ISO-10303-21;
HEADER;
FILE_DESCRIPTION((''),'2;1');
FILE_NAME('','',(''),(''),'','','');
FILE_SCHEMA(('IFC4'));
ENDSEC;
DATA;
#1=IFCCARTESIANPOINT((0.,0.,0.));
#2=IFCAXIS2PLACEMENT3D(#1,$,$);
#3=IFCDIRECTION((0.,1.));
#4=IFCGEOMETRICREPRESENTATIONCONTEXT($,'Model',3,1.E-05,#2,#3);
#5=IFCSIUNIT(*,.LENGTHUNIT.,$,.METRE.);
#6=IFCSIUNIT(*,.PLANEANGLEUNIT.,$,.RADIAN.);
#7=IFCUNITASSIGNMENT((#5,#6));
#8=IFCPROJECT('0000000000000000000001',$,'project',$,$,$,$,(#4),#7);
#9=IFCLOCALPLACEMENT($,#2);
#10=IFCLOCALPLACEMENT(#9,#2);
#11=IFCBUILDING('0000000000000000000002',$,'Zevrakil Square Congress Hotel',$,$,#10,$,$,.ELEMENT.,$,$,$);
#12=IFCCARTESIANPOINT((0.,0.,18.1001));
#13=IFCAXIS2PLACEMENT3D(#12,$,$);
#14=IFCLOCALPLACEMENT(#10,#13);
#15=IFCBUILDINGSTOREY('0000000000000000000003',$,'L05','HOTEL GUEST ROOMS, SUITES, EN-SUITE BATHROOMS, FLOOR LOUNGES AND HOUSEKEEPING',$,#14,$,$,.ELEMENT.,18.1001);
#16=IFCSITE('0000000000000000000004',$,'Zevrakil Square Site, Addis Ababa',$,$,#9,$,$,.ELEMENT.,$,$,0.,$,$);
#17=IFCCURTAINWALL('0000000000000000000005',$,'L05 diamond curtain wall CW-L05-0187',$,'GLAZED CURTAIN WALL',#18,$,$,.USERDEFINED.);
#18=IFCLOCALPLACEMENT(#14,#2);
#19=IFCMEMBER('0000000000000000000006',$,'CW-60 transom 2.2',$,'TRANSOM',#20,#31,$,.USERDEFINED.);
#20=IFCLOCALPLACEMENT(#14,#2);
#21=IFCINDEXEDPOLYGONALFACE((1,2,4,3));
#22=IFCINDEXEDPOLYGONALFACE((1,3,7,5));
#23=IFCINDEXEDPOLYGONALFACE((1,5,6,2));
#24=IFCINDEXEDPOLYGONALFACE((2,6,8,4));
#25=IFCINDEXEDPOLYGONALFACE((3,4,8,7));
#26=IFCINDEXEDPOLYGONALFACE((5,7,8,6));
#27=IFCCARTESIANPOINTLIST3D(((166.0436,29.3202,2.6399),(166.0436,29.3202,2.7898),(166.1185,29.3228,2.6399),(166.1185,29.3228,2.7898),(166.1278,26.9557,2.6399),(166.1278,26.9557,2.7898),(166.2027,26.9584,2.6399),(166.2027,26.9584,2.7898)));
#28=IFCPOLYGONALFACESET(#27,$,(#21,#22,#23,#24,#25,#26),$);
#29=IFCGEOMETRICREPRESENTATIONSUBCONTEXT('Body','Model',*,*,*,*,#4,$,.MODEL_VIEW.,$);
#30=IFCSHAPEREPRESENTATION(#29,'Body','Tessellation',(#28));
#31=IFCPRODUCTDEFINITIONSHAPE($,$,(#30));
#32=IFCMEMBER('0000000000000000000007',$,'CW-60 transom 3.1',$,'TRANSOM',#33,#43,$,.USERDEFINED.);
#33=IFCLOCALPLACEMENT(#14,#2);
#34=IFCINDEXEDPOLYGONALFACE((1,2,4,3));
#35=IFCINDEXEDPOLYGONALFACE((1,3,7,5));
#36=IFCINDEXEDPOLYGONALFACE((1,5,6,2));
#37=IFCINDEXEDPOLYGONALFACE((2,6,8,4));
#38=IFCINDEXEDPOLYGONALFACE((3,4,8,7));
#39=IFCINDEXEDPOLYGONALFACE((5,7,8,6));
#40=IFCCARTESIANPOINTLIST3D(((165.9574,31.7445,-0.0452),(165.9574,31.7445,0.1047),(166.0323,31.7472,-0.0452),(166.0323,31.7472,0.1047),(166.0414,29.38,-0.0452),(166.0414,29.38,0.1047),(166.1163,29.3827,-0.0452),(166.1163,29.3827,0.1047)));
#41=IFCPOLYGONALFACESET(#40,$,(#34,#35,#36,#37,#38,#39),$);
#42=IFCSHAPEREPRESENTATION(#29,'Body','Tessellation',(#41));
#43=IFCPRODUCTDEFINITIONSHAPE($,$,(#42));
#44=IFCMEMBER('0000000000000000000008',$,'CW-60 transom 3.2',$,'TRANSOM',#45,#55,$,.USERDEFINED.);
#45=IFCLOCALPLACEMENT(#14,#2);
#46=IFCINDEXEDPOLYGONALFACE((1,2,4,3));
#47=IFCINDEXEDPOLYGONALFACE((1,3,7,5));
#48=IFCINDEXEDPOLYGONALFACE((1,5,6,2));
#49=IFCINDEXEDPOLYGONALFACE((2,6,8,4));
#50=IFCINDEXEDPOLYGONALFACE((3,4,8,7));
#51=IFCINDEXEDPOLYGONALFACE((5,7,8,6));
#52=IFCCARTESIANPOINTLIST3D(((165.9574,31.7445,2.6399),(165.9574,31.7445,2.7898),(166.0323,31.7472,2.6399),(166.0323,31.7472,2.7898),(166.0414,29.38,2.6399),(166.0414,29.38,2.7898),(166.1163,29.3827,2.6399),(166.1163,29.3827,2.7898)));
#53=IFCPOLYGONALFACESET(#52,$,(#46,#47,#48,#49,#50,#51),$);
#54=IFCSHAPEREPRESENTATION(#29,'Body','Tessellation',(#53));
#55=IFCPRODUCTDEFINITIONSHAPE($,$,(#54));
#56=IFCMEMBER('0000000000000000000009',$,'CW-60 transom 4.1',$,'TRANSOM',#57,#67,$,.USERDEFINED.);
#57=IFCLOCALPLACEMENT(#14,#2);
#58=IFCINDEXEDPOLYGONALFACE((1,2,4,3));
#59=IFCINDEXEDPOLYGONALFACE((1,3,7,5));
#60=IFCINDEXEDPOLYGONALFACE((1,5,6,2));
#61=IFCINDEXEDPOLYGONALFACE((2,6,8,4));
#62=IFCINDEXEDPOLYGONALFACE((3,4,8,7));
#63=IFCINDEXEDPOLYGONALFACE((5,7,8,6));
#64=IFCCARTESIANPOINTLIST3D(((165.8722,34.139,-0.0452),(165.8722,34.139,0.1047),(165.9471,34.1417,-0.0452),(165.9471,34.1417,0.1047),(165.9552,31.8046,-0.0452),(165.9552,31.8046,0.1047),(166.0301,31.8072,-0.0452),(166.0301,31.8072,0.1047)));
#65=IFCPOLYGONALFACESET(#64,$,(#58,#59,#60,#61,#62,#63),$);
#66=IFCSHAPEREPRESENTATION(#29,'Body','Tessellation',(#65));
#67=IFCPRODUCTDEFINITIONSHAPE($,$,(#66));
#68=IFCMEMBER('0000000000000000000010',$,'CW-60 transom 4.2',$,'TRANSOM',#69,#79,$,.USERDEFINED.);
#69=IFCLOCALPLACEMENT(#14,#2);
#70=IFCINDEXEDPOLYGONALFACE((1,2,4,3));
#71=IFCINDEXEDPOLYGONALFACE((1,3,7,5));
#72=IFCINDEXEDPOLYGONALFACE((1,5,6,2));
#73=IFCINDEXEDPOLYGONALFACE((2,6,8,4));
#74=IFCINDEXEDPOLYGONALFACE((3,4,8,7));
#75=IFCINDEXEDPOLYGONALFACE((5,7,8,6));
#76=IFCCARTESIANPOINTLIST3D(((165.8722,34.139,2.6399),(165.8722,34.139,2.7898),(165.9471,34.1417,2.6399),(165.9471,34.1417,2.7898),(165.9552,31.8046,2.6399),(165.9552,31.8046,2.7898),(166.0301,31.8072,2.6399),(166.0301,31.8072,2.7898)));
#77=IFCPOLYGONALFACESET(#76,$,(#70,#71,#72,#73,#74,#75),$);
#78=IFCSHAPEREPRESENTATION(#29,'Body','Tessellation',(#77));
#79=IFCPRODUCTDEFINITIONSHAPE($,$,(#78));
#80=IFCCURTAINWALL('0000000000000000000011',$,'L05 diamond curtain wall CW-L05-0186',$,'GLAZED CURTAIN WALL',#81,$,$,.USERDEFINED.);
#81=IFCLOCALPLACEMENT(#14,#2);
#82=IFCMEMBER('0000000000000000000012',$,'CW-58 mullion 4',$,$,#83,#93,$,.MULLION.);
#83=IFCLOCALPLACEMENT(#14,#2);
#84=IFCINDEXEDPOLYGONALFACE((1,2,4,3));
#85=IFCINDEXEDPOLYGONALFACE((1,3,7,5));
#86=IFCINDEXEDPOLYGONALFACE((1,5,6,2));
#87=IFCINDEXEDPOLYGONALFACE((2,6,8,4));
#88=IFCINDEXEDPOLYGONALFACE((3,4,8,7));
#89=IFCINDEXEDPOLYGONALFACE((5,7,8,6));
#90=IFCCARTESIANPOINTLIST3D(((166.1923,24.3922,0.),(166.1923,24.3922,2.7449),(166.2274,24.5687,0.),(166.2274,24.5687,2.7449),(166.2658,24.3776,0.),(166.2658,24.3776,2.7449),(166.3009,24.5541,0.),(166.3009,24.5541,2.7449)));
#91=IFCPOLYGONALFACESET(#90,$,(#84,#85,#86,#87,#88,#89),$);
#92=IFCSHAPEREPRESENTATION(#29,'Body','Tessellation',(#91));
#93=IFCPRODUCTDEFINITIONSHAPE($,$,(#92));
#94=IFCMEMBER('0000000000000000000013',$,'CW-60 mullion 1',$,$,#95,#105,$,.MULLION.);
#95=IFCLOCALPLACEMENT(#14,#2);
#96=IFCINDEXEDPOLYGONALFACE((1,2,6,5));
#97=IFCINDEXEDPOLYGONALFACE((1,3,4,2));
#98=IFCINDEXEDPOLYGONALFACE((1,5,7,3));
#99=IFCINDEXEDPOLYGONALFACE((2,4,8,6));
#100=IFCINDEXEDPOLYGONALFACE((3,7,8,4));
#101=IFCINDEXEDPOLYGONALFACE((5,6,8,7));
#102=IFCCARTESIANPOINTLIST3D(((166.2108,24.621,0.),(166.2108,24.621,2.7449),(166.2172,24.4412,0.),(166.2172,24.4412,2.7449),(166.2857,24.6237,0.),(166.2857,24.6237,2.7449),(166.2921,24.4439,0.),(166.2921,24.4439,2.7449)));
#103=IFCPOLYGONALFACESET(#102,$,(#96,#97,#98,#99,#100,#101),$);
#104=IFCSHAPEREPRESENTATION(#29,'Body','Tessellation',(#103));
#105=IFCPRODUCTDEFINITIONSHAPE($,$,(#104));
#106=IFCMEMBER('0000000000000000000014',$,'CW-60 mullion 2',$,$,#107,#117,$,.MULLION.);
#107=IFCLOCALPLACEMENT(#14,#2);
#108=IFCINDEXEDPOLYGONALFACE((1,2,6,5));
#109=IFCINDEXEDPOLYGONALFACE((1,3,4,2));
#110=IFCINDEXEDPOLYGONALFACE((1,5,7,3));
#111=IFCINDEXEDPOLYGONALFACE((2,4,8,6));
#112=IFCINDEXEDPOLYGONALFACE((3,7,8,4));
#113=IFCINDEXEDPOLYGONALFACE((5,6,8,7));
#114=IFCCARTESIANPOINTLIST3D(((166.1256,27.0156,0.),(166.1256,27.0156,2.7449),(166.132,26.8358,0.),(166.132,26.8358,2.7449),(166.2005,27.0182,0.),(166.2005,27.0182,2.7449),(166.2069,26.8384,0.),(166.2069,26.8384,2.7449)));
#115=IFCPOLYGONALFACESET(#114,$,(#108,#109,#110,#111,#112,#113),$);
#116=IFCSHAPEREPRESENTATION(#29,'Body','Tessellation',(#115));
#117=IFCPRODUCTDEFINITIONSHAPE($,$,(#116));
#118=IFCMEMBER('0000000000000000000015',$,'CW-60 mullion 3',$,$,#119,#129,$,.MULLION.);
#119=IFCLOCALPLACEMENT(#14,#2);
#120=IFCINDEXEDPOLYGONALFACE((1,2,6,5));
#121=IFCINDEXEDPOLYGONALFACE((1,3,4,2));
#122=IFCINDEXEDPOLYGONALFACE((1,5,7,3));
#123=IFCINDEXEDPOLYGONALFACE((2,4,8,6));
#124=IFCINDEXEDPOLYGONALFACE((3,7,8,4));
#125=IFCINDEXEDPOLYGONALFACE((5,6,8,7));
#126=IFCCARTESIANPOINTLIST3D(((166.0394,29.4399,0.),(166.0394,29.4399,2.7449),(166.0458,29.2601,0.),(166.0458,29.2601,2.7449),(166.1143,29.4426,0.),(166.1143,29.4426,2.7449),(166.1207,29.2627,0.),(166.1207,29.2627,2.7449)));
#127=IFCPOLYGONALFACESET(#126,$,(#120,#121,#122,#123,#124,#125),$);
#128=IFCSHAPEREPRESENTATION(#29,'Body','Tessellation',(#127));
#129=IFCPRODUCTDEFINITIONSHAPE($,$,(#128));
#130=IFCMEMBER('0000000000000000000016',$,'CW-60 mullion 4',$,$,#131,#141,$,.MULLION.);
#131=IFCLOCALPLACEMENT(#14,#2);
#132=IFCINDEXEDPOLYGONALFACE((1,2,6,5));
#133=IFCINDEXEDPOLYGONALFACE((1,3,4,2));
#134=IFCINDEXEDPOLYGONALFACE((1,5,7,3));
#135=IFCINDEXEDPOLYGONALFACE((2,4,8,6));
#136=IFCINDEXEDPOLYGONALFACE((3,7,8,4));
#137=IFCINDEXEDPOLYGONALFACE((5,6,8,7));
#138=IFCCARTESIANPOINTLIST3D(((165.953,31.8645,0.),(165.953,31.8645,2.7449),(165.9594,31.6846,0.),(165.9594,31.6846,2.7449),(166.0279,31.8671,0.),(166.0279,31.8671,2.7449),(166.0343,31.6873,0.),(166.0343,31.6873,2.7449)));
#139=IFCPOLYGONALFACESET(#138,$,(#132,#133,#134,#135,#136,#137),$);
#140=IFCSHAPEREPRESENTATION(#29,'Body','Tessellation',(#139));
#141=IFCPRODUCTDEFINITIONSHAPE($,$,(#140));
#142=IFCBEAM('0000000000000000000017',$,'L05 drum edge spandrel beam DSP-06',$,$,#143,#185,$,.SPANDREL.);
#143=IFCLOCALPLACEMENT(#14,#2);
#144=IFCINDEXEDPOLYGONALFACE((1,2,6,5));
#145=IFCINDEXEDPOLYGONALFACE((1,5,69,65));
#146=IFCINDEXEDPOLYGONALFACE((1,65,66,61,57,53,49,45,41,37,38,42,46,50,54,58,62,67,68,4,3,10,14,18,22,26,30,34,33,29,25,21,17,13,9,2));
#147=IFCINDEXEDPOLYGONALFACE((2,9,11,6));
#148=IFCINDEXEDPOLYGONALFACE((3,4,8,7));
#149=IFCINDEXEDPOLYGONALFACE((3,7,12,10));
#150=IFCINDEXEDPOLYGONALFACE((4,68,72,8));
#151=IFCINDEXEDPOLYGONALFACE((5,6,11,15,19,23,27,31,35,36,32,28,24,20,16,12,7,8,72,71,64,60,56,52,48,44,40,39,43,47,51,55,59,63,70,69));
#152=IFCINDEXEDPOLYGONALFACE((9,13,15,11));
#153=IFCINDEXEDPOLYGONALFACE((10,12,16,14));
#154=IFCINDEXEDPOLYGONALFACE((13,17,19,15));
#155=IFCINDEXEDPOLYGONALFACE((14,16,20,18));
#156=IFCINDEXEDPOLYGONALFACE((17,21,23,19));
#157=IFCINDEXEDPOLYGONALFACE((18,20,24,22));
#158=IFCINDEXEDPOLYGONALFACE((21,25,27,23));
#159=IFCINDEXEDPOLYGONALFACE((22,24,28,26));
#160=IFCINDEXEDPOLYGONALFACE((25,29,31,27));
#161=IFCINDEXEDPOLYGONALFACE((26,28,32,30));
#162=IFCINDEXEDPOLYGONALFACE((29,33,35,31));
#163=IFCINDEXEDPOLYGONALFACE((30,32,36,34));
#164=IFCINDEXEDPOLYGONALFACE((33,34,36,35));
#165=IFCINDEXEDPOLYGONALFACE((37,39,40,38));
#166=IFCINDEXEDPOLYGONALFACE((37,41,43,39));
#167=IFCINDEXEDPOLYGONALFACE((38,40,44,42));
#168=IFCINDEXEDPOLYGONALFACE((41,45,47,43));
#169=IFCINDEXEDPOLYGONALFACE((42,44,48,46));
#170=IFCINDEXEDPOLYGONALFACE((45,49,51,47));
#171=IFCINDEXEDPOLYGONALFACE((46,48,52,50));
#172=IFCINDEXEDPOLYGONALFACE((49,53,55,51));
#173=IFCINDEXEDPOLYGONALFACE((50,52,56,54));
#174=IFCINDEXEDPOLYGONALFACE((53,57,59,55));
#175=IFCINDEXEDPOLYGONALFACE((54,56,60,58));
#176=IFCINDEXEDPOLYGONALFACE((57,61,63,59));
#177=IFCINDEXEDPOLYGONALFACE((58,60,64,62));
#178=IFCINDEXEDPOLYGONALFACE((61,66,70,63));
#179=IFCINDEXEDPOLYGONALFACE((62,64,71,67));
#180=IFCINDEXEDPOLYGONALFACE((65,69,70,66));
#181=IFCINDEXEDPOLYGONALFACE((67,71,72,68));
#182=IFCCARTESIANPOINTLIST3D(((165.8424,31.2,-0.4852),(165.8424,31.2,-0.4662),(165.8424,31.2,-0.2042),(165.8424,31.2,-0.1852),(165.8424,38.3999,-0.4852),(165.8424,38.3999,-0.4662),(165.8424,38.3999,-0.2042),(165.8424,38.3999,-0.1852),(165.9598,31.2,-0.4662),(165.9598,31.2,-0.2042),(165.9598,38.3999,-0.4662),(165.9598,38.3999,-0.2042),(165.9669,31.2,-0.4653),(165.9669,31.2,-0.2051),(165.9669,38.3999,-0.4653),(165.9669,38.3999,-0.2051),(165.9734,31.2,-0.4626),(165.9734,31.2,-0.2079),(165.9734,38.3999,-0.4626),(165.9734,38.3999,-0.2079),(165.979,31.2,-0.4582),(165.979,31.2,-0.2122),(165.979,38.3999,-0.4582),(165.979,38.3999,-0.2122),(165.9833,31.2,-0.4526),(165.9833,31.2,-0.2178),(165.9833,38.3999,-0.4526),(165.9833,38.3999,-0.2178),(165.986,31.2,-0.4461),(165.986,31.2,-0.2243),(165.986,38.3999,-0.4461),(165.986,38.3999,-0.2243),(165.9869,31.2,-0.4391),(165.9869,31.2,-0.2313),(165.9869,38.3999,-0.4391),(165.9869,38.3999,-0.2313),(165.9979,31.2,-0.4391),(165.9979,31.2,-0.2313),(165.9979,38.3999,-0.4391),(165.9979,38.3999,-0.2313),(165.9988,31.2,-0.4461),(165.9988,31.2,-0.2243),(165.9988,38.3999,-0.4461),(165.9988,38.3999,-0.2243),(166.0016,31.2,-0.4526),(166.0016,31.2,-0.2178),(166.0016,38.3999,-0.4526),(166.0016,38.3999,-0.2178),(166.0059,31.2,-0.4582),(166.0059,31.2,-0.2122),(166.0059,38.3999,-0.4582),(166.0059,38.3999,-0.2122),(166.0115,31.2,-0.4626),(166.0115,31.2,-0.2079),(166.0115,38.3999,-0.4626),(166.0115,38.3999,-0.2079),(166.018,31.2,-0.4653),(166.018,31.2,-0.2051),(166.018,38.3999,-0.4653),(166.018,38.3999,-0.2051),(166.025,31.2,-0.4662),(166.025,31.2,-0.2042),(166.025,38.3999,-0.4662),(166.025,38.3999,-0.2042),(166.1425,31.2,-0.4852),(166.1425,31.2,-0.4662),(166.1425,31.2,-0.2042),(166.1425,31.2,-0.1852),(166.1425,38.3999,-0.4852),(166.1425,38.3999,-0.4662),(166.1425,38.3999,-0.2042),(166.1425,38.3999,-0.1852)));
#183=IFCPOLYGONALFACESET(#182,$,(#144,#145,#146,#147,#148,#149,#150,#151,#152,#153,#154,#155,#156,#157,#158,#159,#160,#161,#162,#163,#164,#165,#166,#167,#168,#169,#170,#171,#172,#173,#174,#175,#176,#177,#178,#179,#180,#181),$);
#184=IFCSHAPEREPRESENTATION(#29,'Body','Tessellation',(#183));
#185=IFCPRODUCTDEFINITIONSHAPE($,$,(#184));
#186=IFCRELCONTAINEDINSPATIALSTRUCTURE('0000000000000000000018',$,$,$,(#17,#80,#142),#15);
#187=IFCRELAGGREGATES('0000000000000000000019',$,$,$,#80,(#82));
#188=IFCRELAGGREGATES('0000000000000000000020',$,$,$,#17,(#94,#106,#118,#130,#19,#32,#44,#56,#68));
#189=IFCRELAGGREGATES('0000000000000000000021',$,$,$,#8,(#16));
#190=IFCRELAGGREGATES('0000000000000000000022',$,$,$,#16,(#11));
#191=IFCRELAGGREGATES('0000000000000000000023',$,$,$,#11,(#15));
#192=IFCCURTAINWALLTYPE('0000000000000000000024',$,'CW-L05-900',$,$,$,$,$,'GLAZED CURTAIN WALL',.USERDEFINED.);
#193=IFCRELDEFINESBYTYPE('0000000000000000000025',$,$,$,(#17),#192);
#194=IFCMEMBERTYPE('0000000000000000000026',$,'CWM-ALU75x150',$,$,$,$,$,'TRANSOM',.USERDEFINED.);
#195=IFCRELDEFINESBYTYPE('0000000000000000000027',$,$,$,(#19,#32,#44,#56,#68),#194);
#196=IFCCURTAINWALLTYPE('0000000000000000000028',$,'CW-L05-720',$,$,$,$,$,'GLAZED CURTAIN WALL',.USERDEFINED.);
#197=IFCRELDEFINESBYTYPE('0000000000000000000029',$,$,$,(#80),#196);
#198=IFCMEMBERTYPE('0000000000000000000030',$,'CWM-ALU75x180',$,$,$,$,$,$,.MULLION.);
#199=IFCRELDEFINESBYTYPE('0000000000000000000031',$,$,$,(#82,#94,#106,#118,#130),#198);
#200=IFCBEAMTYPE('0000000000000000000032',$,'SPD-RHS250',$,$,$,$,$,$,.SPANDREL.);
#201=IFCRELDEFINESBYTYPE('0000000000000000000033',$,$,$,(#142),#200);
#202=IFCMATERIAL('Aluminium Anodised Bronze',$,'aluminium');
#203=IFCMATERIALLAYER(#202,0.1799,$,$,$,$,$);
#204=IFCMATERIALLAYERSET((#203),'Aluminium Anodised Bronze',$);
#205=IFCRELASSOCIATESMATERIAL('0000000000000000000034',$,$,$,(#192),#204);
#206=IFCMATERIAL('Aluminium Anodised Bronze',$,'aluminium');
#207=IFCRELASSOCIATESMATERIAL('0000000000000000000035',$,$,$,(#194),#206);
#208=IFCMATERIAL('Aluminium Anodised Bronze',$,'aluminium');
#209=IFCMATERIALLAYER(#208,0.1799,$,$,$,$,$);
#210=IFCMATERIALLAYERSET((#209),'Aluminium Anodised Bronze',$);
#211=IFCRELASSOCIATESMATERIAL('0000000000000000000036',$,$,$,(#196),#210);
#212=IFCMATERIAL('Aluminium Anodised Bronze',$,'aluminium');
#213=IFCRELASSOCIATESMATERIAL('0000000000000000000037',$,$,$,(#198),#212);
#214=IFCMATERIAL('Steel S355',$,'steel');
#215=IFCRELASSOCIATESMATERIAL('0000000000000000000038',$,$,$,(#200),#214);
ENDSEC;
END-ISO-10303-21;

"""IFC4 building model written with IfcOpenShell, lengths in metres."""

from ifc_helpers import new_model, si_unit, direction, frame, origin, origin_2d, place, context, subcontext, project, spatial, rectangle, i_section, extrude, material, layer, layer_set, material_profile, profile_set, type_object, element, aggregate, save


model = new_model("IFC4")

# Units and contexts
model_context = context("Model", 3, precision=1e-05, world=origin(), true_north=direction((0.0, 1.0)))
body_context = subcontext(model_context, "Body", "Model", "MODEL_VIEW")
ifc_project = project(units=[si_unit("LENGTHUNIT", "METRE"), si_unit("PLANEANGLEUNIT", "RADIAN")], contexts=[model_context])

# Site, building, storey
site_placement = place(None, origin())
site = spatial("IfcSite", under=ifc_project, at=site_placement, Name="Zevrakil Square Site, Addis Ababa", CompositionType="ELEMENT", RefElevation=0.0)
building_placement = place(site_placement, origin())
building = spatial("IfcBuilding", under=site, at=building_placement, Name="Zevrakil Square Congress Hotel", CompositionType="ELEMENT")
storey_placement = place(building_placement, frame((0.0, 0.0, 18.1001)))
storey = spatial("IfcBuildingStorey", under=building, at=storey_placement, Name="L05", Description="HOTEL GUEST ROOMS, SUITES, EN-SUITE BATHROOMS, FLOOR LOUNGES AND HOUSEKEEPING", CompositionType="ELEMENT", Elevation=18.1001)

# Curtain wall, members
ifc_material_1 = material(Name="Aluminium Anodised Bronze", Category="aluminium")
ifc_layer_1 = layer(ifc_material_1, 0.1799)
ifc_layer_set_1 = layer_set([ifc_layer_1], Name="Aluminium Anodised Bronze")
curtain_wall_type_1 = type_object("IfcCurtainWallType", Name="CW-L05-900", ElementType="GLAZED CURTAIN WALL", PredefinedType="USERDEFINED", material=ifc_layer_set_1)
curtain_wall_1_placement = place(storey_placement, origin())
curtain_wall_1 = element("IfcCurtainWall", 1, at=curtain_wall_1_placement, inside=storey, type_object=curtain_wall_type_1, Name="L05 diamond curtain wall CW-L05-0187", ObjectType="GLAZED CURTAIN WALL", PredefinedType="USERDEFINED")
ifc_material_2 = material(Name="Aluminium Anodised Bronze", Category="aluminium")
ifc_material_profile_1 = material_profile(ifc_material_2, rectangle(XDim=0.075, YDim=0.1499, at=origin_2d()), Name="ALU 75x150")
ifc_profile_set_1 = profile_set([ifc_material_profile_1], Name="Aluminium Anodised Bronze")
member_type_1 = type_object("IfcMemberType", Name="CWM-ALU75x150", ElementType="TRANSOM", PredefinedType="USERDEFINED", material=ifc_profile_set_1)
member_1_placement = place(storey_placement, frame((166.1653, 26.957, 2.7148), z_axis=(-0.0356, 0.999366, 0.0), x_axis=(-0.999366, -0.0356, 0.0)))
member_1 = element("IfcMember", 2, at=member_1_placement, type_object=member_type_1, Name="CW-60 transom 2.2", ObjectType="TRANSOM", PredefinedType="USERDEFINED", context=body_context, shape_type="SweptSolid", body=[
    extrude(rectangle(XDim=0.075, YDim=0.1499, at=origin_2d()), origin(), (0.0, 0.0, 1.0), 2.366),
])
member_2_placement = place(storey_placement, frame((166.0789, 29.3813, 0.0298), z_axis=(-0.035496, 0.99937, 0.0), x_axis=(-0.99937, -0.035496, 0.0)))
member_2 = element("IfcMember", 3, at=member_2_placement, type_object=member_type_1, Name="CW-60 transom 3.1", ObjectType="TRANSOM", PredefinedType="USERDEFINED", context=body_context, shape_type="SweptSolid", body=[
    extrude(rectangle(XDim=0.075, YDim=0.1499, at=origin_2d()), origin(), (0.0, 0.0, 1.0), 2.366),
])
member_3_placement = place(storey_placement, frame((166.0789, 29.3813, 2.7148), z_axis=(-0.035496, 0.99937, 0.0), x_axis=(-0.99937, -0.035496, 0.0)))
member_3 = element("IfcMember", 4, at=member_3_placement, type_object=member_type_1, Name="CW-60 transom 3.2", ObjectType="TRANSOM", PredefinedType="USERDEFINED", context=body_context, shape_type="SweptSolid", body=[
    extrude(rectangle(XDim=0.075, YDim=0.1499, at=origin_2d()), origin(), (0.0, 0.0, 1.0), 2.366),
])
member_4_placement = place(storey_placement, frame((165.9927, 31.8059, 0.0298), z_axis=(-0.035535, 0.999368, 0.0), x_axis=(-0.999368, -0.035535, 0.0)))
member_4 = element("IfcMember", 5, at=member_4_placement, type_object=member_type_1, Name="CW-60 transom 4.1", ObjectType="TRANSOM", PredefinedType="USERDEFINED", context=body_context, shape_type="SweptSolid", body=[
    extrude(rectangle(XDim=0.075, YDim=0.1499, at=origin_2d()), origin(), (0.0, 0.0, 1.0), 2.3359),
])
member_5_placement = place(storey_placement, frame((165.9927, 31.8059, 2.7148), z_axis=(-0.035535, 0.999368, 0.0), x_axis=(-0.999368, -0.035535, 0.0)))
member_5 = element("IfcMember", 6, at=member_5_placement, type_object=member_type_1, Name="CW-60 transom 4.2", ObjectType="TRANSOM", PredefinedType="USERDEFINED", context=body_context, shape_type="SweptSolid", body=[
    extrude(rectangle(XDim=0.075, YDim=0.1499, at=origin_2d()), origin(), (0.0, 0.0, 1.0), 2.3359),
])

# Curtain wall, member
ifc_material_3 = material(Name="Aluminium Anodised Bronze", Category="aluminium")
ifc_layer_2 = layer(ifc_material_3, 0.1799)
ifc_layer_set_2 = layer_set([ifc_layer_2], Name="Aluminium Anodised Bronze")
curtain_wall_type_2 = type_object("IfcCurtainWallType", Name="CW-L05-720", ElementType="GLAZED CURTAIN WALL", PredefinedType="USERDEFINED", material=ifc_layer_set_2)
curtain_wall_2_placement = place(storey_placement, origin())
curtain_wall_2 = element("IfcCurtainWall", 7, at=curtain_wall_2_placement, inside=storey, type_object=curtain_wall_type_2, Name="L05 diamond curtain wall CW-L05-0186", ObjectType="GLAZED CURTAIN WALL", PredefinedType="USERDEFINED")
ifc_material_4 = material(Name="Aluminium Anodised Bronze", Category="aluminium")
ifc_material_profile_2 = material_profile(ifc_material_4, rectangle(XDim=0.075, YDim=0.1799, at=origin_2d()), Name="ALU 75x180")
ifc_profile_set_2 = profile_set([ifc_material_profile_2], Name="Aluminium Anodised Bronze")
member_type_2 = type_object("IfcMemberType", Name="CWM-ALU75x180", PredefinedType="MULLION", material=ifc_profile_set_2)
member_6_placement = place(storey_placement, frame((166.2466, 24.4731, 0.0), z_axis=(0.0, 0.0, 1.0), x_axis=(-0.980787, 0.195084, 0.0)))
member_6 = element("IfcMember", 8, at=member_6_placement, type_object=member_type_2, Name="CW-58 mullion 4", PredefinedType="MULLION", context=body_context, shape_type="SweptSolid", body=[
    extrude(rectangle(XDim=0.075, YDim=0.1799, at=origin_2d()), origin(), (0.0, 0.0, 1.0), 2.7449),
])
aggregate(curtain_wall_2, [member_6])

# Members
member_7_placement = place(storey_placement, frame((166.2515, 24.5325, 0.0), z_axis=(0.0, 0.0, 1.0), x_axis=(-0.999368, -0.035553, 0.0)))
member_7 = element("IfcMember", 9, at=member_7_placement, type_object=member_type_2, Name="CW-60 mullion 1", PredefinedType="MULLION", context=body_context, shape_type="SweptSolid", body=[
    extrude(rectangle(XDim=0.075, YDim=0.1799, at=origin_2d()), origin(), (0.0, 0.0, 1.0), 2.7449),
])
member_8_placement = place(storey_placement, frame((166.1663, 26.927, 0.0), z_axis=(0.0, 0.0, 1.0), x_axis=(-0.999368, -0.035553, 0.0)))
member_8 = element("IfcMember", 10, at=member_8_placement, type_object=member_type_2, Name="CW-60 mullion 2", PredefinedType="MULLION", context=body_context, shape_type="SweptSolid", body=[
    extrude(rectangle(XDim=0.075, YDim=0.1799, at=origin_2d()), origin(), (0.0, 0.0, 1.0), 2.7449),
])
member_9_placement = place(storey_placement, frame((166.0801, 29.3513, 0.0), z_axis=(0.0, 0.0, 1.0), x_axis=(-0.999368, -0.035553, 0.0)))
member_9 = element("IfcMember", 11, at=member_9_placement, type_object=member_type_2, Name="CW-60 mullion 3", PredefinedType="MULLION", context=body_context, shape_type="SweptSolid", body=[
    extrude(rectangle(XDim=0.075, YDim=0.1799, at=origin_2d()), origin(), (0.0, 0.0, 1.0), 2.7449),
])
member_10_placement = place(storey_placement, frame((165.9937, 31.7759, 0.0), z_axis=(0.0, 0.0, 1.0), x_axis=(-0.999368, -0.035553, 0.0)))
member_10 = element("IfcMember", 12, at=member_10_placement, type_object=member_type_2, Name="CW-60 mullion 4", PredefinedType="MULLION", context=body_context, shape_type="SweptSolid", body=[
    extrude(rectangle(XDim=0.075, YDim=0.1799, at=origin_2d()), origin(), (0.0, 0.0, 1.0), 2.7449),
])

# Beam
ifc_material_5 = material(Name="Steel S355", Category="steel")
ifc_material_profile_3 = material_profile(ifc_material_5, i_section(OverallWidth=0.3, OverallDepth=0.3, WebThickness=0.011, FlangeThickness=0.019, FilletRadius=0.0271, at=origin_2d()), Name="HEB 300")
ifc_profile_set_3 = profile_set([ifc_material_profile_3], Name="Steel S355")
beam_type_1 = type_object("IfcBeamType", Name="SPD-RHS250", PredefinedType="SPANDREL", material=ifc_profile_set_3)
beam_1_placement = place(storey_placement, frame((165.9924, 31.2, -0.3352), z_axis=(0.0, 1.0, 0.0), x_axis=(-1.0, 0.0, 0.0)))
element("IfcBeam", 13, at=beam_1_placement, inside=storey, type_object=beam_type_1, Name="L05 drum edge spandrel beam DSP-06", PredefinedType="SPANDREL", context=body_context, shape_type="SweptSolid", body=[
    extrude(i_section(OverallWidth=0.3, OverallDepth=0.3, WebThickness=0.011, FlangeThickness=0.019, FilletRadius=0.0271, at=origin_2d()), origin(), (0.0, 0.0, 1.0), 7.2),
])

aggregate(curtain_wall_1, [member_7, member_8, member_9, member_10, member_1, member_2, member_3, member_4, member_5])

save(model, "model.ifc")
